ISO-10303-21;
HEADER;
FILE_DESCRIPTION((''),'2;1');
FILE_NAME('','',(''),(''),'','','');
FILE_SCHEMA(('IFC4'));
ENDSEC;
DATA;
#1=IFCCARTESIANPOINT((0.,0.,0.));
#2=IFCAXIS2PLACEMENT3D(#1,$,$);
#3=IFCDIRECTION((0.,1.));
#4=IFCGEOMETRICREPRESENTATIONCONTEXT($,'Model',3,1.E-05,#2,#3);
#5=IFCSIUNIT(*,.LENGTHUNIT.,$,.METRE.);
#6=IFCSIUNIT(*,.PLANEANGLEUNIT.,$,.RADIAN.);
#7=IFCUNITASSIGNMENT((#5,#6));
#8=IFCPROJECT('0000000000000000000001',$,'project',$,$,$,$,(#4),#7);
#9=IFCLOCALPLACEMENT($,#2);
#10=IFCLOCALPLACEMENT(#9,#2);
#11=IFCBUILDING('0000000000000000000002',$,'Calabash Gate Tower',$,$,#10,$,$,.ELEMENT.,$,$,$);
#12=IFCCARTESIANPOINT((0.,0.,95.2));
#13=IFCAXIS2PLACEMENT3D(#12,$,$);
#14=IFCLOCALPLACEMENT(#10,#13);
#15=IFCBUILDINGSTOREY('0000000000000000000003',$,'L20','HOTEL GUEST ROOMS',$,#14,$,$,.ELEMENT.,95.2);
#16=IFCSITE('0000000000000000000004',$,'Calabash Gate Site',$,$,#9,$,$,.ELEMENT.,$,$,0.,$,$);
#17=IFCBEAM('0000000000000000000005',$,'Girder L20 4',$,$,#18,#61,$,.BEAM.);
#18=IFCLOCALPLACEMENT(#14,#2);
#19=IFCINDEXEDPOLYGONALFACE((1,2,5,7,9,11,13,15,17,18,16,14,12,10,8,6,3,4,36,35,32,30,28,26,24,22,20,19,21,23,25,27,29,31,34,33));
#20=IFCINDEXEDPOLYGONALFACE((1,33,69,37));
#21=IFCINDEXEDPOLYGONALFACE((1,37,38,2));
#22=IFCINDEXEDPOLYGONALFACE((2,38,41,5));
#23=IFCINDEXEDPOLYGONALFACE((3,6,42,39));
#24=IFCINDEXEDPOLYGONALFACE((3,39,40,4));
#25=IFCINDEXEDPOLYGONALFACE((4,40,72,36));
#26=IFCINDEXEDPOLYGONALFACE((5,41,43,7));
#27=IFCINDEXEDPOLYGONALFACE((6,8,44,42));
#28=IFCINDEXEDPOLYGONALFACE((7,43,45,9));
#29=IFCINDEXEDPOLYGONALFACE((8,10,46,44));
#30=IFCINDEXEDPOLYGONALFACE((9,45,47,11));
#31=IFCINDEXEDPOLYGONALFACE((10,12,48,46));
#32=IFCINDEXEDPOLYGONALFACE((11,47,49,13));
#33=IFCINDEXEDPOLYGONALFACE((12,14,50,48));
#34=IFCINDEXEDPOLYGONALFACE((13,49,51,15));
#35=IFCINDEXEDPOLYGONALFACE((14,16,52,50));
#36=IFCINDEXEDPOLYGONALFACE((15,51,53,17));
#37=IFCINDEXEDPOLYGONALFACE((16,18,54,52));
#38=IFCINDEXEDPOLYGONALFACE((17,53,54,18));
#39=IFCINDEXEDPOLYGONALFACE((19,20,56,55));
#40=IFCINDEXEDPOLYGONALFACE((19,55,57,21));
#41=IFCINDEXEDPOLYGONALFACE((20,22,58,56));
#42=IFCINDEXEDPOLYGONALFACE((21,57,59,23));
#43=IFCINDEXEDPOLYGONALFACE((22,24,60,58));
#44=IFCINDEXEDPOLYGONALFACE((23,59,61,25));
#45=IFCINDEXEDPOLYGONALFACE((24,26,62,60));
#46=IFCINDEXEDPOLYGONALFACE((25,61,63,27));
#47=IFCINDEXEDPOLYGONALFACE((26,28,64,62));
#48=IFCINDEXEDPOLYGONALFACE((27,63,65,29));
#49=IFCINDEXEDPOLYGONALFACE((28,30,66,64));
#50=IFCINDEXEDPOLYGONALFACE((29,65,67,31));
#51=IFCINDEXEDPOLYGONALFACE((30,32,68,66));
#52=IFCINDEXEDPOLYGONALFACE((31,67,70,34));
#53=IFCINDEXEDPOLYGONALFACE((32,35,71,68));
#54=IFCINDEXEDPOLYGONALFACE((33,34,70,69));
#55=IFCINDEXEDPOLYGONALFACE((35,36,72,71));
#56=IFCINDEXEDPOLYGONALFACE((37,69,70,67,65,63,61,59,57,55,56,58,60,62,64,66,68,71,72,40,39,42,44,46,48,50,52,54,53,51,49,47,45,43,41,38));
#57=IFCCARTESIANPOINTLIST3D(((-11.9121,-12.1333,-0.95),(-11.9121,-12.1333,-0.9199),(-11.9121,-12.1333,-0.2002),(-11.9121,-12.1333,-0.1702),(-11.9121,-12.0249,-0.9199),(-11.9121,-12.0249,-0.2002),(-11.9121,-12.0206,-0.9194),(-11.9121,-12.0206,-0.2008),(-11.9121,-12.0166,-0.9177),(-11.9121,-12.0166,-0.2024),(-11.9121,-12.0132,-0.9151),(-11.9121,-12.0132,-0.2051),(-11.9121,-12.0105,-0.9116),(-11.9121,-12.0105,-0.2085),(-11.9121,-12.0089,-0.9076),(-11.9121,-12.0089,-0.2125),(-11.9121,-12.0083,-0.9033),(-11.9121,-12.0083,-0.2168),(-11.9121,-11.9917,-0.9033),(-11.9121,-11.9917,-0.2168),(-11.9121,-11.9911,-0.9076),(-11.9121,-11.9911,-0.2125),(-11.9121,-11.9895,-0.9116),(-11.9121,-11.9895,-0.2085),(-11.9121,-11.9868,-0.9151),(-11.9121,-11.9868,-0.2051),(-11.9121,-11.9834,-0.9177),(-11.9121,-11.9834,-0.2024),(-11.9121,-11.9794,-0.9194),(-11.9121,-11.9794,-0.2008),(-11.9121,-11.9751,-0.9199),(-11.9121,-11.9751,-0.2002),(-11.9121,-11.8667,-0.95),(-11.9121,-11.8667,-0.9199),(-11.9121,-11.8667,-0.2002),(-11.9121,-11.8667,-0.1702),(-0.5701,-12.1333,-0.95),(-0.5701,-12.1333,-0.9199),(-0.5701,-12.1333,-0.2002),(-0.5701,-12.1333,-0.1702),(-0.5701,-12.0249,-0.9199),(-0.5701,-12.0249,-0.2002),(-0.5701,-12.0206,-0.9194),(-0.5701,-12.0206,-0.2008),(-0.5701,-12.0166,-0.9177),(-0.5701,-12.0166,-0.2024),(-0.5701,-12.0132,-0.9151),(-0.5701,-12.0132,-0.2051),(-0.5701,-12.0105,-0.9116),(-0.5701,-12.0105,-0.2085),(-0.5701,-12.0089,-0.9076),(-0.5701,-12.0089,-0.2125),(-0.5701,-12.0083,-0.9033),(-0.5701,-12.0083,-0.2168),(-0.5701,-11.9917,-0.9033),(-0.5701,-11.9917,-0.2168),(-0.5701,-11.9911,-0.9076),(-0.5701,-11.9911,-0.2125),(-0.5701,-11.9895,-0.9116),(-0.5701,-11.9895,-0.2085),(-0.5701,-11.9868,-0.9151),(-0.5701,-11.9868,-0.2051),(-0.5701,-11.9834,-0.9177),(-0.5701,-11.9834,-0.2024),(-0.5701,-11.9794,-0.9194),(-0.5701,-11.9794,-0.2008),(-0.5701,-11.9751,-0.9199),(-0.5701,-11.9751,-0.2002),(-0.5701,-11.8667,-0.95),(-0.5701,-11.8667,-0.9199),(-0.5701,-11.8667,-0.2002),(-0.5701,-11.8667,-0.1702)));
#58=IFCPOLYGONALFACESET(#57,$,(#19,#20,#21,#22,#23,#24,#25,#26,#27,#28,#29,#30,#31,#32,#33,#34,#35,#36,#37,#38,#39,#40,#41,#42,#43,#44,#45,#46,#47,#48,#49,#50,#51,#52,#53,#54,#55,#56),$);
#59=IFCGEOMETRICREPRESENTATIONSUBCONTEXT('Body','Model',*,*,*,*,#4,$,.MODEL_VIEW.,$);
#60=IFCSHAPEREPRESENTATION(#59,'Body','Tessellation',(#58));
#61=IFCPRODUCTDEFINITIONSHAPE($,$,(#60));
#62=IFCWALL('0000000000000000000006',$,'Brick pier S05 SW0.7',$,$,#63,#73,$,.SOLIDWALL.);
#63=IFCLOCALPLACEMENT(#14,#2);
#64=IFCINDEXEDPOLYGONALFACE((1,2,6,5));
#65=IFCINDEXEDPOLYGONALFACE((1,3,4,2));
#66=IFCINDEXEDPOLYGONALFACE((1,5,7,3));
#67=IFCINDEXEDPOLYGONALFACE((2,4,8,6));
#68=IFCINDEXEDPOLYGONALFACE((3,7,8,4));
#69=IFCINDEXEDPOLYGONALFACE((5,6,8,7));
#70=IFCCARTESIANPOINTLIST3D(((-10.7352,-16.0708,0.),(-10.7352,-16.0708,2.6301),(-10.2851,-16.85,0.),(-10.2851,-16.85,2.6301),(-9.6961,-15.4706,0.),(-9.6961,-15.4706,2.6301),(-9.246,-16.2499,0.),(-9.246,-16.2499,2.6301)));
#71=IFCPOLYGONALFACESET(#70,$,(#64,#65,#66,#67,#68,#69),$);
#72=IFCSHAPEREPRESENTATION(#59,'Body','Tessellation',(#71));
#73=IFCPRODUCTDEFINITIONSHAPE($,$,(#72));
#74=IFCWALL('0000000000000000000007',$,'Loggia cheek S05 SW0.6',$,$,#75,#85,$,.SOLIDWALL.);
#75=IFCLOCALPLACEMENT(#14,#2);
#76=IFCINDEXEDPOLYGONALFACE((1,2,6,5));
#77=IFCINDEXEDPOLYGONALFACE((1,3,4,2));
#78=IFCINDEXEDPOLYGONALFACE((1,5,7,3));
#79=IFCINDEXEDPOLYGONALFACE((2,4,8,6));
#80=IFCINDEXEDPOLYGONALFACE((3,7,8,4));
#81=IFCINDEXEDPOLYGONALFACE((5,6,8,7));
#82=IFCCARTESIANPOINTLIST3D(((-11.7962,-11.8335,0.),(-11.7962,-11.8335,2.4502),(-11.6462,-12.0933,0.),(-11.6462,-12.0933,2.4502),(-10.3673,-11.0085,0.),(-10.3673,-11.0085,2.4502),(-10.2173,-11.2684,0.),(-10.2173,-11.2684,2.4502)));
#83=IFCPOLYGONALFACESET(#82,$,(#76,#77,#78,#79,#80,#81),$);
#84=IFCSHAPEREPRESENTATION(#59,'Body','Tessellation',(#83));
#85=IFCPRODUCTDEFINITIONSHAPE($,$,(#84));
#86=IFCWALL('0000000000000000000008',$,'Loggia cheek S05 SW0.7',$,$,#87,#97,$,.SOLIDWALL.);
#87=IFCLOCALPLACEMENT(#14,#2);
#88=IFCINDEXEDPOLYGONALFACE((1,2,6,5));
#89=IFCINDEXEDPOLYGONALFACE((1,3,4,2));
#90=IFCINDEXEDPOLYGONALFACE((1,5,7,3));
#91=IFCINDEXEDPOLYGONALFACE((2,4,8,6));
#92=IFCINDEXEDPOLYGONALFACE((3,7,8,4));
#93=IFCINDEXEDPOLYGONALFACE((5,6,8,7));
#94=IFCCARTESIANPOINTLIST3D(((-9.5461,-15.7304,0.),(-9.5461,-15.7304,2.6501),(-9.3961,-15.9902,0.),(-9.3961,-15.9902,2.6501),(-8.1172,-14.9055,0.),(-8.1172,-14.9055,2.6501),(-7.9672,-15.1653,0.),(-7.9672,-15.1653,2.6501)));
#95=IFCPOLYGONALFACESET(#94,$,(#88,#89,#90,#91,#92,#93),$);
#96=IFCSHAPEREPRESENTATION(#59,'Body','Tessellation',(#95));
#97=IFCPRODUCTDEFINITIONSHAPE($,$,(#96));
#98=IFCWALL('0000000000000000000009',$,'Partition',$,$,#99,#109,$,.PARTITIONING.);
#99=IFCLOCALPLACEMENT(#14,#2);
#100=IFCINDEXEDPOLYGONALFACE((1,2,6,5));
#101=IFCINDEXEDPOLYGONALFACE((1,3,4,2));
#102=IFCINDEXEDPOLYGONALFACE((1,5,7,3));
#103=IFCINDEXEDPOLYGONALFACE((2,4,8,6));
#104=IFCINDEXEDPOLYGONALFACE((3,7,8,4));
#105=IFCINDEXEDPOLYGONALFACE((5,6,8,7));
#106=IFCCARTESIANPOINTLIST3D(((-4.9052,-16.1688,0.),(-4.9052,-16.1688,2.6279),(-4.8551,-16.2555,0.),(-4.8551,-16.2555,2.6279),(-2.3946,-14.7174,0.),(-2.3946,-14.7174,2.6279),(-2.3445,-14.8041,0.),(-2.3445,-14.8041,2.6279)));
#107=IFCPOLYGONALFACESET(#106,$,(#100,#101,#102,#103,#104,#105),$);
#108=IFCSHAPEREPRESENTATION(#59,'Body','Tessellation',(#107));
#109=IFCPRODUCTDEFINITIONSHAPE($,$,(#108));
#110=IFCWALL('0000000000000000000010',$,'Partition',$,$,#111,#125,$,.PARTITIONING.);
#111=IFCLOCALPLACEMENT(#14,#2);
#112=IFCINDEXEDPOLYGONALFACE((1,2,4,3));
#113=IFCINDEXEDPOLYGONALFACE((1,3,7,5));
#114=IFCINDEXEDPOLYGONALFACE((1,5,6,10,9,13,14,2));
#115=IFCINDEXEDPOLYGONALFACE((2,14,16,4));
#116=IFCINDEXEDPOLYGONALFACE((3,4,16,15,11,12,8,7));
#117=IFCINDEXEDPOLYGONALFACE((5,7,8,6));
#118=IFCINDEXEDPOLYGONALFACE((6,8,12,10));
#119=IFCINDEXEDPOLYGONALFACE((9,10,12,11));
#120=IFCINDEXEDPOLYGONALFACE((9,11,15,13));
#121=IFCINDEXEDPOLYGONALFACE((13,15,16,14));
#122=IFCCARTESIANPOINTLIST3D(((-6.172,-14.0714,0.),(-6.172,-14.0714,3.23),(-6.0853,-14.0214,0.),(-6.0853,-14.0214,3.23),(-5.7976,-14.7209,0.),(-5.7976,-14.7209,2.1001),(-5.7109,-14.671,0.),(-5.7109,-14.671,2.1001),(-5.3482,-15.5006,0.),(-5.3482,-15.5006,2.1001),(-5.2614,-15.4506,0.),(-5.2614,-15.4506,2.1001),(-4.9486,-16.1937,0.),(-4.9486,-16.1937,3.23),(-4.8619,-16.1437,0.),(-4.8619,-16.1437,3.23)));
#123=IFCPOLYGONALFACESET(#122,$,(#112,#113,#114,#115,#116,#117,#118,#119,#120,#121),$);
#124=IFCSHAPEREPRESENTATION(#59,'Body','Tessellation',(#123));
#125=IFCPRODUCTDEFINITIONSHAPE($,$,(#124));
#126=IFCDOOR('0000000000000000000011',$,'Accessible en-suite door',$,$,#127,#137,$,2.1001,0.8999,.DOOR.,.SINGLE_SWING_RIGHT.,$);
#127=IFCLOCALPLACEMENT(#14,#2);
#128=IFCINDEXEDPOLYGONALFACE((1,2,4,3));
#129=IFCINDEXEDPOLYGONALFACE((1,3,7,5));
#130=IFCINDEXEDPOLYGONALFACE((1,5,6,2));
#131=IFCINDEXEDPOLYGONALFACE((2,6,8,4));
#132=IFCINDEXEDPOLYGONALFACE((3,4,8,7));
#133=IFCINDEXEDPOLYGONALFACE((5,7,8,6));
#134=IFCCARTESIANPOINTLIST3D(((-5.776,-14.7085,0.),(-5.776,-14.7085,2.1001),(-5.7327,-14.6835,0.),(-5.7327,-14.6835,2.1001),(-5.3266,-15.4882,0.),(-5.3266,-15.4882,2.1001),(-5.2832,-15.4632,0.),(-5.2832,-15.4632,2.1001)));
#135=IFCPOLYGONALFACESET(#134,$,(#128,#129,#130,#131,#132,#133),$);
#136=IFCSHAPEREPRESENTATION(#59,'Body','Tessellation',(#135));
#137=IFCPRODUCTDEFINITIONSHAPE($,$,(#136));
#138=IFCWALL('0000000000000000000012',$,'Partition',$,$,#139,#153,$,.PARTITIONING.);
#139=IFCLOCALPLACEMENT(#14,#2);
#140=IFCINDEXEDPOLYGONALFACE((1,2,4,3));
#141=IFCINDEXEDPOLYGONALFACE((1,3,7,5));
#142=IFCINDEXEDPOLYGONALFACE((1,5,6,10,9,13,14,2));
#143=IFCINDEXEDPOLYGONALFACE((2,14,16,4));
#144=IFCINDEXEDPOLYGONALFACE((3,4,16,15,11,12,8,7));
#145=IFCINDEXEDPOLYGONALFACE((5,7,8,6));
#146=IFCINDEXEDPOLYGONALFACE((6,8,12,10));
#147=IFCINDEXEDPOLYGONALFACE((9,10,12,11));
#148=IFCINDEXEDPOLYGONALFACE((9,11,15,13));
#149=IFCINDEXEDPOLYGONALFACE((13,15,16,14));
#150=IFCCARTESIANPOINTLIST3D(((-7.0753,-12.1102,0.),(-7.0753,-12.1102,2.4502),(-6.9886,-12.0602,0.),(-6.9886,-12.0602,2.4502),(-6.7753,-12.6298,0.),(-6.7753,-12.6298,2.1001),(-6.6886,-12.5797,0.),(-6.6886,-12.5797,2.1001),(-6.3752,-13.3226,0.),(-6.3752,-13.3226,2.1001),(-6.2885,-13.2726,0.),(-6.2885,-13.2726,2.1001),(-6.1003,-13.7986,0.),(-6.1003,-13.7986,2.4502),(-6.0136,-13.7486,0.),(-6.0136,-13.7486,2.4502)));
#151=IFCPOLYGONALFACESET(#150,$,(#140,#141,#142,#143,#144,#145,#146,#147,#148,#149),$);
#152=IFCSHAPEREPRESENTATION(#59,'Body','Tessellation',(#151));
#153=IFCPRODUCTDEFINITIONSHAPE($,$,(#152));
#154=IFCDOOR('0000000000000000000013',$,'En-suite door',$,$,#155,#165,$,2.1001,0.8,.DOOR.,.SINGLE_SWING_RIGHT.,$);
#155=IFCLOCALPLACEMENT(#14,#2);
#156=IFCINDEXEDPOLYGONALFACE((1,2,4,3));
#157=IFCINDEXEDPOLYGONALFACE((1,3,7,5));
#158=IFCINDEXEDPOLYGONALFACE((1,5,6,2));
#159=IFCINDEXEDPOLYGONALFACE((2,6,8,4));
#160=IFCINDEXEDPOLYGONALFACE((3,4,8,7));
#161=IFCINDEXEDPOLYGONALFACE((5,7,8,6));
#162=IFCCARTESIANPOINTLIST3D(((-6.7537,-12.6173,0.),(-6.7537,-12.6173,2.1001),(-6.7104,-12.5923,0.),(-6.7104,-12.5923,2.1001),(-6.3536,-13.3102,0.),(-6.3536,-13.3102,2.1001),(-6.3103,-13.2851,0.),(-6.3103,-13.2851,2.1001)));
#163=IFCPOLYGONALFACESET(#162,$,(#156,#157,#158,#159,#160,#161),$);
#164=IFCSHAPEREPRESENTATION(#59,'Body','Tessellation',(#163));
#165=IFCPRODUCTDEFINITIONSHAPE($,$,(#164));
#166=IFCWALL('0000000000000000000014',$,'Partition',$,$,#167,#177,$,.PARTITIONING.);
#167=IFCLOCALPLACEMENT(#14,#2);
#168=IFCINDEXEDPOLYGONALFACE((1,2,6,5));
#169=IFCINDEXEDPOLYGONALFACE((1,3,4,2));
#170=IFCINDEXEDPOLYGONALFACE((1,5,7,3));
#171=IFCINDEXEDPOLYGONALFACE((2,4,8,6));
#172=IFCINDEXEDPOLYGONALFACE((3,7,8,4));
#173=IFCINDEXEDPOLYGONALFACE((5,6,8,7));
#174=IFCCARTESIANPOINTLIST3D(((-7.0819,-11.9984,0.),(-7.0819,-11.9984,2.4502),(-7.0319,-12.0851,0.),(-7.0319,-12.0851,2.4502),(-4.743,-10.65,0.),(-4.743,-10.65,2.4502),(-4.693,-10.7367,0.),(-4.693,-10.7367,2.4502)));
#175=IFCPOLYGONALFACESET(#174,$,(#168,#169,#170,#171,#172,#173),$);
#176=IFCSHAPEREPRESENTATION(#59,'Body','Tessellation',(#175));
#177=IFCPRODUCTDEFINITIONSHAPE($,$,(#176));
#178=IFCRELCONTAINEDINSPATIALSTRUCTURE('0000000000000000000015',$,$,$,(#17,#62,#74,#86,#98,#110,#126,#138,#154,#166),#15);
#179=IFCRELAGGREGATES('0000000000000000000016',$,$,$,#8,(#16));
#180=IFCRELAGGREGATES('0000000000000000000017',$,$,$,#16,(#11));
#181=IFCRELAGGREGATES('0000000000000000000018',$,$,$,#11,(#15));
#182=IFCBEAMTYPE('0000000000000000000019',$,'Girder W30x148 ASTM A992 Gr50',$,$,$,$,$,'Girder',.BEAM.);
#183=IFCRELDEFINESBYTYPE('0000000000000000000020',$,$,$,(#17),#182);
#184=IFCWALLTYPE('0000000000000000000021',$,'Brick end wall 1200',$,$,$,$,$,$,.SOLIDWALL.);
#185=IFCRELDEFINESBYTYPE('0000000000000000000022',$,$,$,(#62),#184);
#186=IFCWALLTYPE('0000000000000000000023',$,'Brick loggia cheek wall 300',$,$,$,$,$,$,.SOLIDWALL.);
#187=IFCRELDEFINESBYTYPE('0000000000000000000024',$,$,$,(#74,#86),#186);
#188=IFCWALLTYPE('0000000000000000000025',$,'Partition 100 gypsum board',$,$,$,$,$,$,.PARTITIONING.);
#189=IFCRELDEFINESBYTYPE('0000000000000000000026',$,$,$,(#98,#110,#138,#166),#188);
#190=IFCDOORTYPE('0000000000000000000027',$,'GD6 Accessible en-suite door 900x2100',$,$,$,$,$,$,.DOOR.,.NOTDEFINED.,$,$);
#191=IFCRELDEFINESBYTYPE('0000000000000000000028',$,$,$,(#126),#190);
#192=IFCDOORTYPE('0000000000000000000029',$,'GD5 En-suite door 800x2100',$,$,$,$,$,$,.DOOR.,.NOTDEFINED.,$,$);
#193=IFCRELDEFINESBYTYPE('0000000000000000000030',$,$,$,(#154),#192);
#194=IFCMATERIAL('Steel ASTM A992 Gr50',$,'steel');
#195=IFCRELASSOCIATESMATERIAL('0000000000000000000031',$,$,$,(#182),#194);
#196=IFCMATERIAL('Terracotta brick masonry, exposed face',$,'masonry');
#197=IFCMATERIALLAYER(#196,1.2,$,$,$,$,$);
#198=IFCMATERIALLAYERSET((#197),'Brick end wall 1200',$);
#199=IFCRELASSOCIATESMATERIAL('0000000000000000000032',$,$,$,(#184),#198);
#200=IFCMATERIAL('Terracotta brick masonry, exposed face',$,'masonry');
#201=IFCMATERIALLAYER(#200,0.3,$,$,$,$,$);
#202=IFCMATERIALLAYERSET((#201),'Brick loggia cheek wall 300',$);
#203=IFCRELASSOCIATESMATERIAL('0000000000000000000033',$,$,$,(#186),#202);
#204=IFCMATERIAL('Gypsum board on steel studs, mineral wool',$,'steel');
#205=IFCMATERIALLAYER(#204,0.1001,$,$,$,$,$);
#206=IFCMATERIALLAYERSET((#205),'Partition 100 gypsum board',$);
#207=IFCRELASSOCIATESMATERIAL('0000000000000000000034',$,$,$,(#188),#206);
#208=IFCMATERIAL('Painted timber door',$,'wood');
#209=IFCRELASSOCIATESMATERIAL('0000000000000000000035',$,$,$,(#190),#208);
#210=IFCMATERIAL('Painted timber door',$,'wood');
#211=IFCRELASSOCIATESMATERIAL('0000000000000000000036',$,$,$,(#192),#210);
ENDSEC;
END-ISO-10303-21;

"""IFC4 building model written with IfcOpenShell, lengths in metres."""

from ifc_helpers import new_model, si_unit, direction, frame, frame_2d, origin, origin_2d, place, context, subcontext, project, spatial, rectangle, i_section, extrude, material, layer, layer_set, material_profile, profile_set, type_object, element, fill, save


model = new_model("IFC4")

# Units and contexts
model_context = context("Model", 3, precision=1e-05, world=origin(), true_north=direction((0.0, 1.0)))
body_context = subcontext(model_context, "Body", "Model", "MODEL_VIEW")
ifc_project = project(units=[si_unit("LENGTHUNIT", "METRE"), si_unit("PLANEANGLEUNIT", "RADIAN")], contexts=[model_context])

# Site, building, storey
site_placement = place(None, origin())
site = spatial("IfcSite", under=ifc_project, at=site_placement, Name="Calabash Gate Site", CompositionType="ELEMENT", RefElevation=0.0)
building_placement = place(site_placement, origin())
building = spatial("IfcBuilding", under=site, at=building_placement, Name="Calabash Gate Tower", CompositionType="ELEMENT")
storey_placement = place(building_placement, frame((0.0, 0.0, 95.2)))
storey = spatial("IfcBuildingStorey", under=building, at=storey_placement, Name="L20", Description="HOTEL GUEST ROOMS", CompositionType="ELEMENT", Elevation=95.2)

# Beam
ifc_material_1 = material(Name="Steel ASTM A992 Gr50", Category="steel")
ifc_material_profile_1 = material_profile(ifc_material_1, i_section(OverallWidth=0.2666, OverallDepth=0.7798, WebThickness=0.0166, FlangeThickness=0.03, FilletRadius=0.0166, at=origin_2d()))
ifc_profile_set_1 = profile_set([ifc_material_profile_1], Name="Steel ASTM A992 Gr50")
beam_type_1 = type_object("IfcBeamType", Name="Girder W30x148 ASTM A992 Gr50", ElementType="Girder", PredefinedType="BEAM", material=ifc_profile_set_1)
beam_1_placement = place(storey_placement, frame((-11.9121, -12.0, -0.5601), z_axis=(1.0, 0.0, 0.0), x_axis=(0.0, 1.0, 0.0)))
element("IfcBeam", 1, at=beam_1_placement, inside=storey, type_object=beam_type_1, Name="Girder L20 4", PredefinedType="BEAM", context=body_context, shape_type="SweptSolid", body=[
    extrude(i_section(OverallWidth=0.2666, OverallDepth=0.7798, WebThickness=0.0166, FlangeThickness=0.03, FilletRadius=0.0166, at=origin_2d()), origin(), (0.0, 0.0, 1.0), 11.342),
])

# Walls
ifc_material_2 = material(Name="Terracotta brick masonry, exposed face", Category="masonry")
ifc_layer_1 = layer(ifc_material_2, 1.2)
ifc_layer_set_1 = layer_set([ifc_layer_1], Name="Brick end wall 1200")
wall_type_1 = type_object("IfcWallType", Name="Brick end wall 1200", PredefinedType="SOLIDWALL", material=ifc_layer_set_1)
wall_1_placement = place(storey_placement, frame((-10.5103, -16.4604, 0.0), z_axis=(0.0, 0.0, 1.0), x_axis=(0.865955, 0.500122, 0.0)))
element("IfcWall", 2, at=wall_1_placement, inside=storey, type_object=wall_type_1, Name="Brick pier S05 SW0.7", PredefinedType="SOLIDWALL", context=body_context, shape_type="SweptSolid", body=[
    extrude(rectangle(XDim=1.2, YDim=0.8999, at=frame_2d((0.6001, 0.0))), origin(), (0.0, 0.0, 1.0), 2.6301),
])
ifc_material_3 = material(Name="Terracotta brick masonry, exposed face", Category="masonry")
ifc_layer_2 = layer(ifc_material_3, 0.3)
ifc_layer_set_2 = layer_set([ifc_layer_2], Name="Brick loggia cheek wall 300")
wall_type_2 = type_object("IfcWallType", Name="Brick loggia cheek wall 300", PredefinedType="SOLIDWALL", material=ifc_layer_set_2)
wall_2_placement = place(storey_placement, frame((-11.7212, -11.9634, 0.0), z_axis=(0.0, 0.0, 1.0), x_axis=(0.86604, 0.499974, 0.0)))
element("IfcWall", 3, at=wall_2_placement, inside=storey, type_object=wall_type_2, Name="Loggia cheek S05 SW0.6", PredefinedType="SOLIDWALL", context=body_context, shape_type="SweptSolid", body=[
    extrude(rectangle(XDim=1.6499, YDim=0.3, at=frame_2d((0.825, 0.0))), origin(), (0.0, 0.0, 1.0), 2.4502),
])
wall_3_placement = place(storey_placement, frame((-8.0422, -15.0354, 0.0), z_axis=(0.0, 0.0, 1.0), x_axis=(-0.86604, -0.499974, 0.0)))
element("IfcWall", 4, at=wall_3_placement, inside=storey, type_object=wall_type_2, Name="Loggia cheek S05 SW0.7", PredefinedType="SOLIDWALL", context=body_context, shape_type="SweptSolid", body=[
    extrude(rectangle(XDim=1.6499, YDim=0.3, at=frame_2d((0.825, 0.0))), origin(), (0.0, 0.0, 1.0), 2.6501),
])
ifc_material_4 = material(Name="Gypsum board on steel studs, mineral wool", Category="steel")
ifc_layer_3 = layer(ifc_material_4, 0.1001)
ifc_layer_set_3 = layer_set([ifc_layer_3], Name="Partition 100 gypsum board")
wall_type_3 = type_object("IfcWallType", Name="Partition 100 gypsum board", PredefinedType="PARTITIONING", material=ifc_layer_set_3)
wall_4_placement = place(storey_placement, frame((-4.8801, -16.2122, 0.0), z_axis=(0.0, 0.0, 1.0), x_axis=(0.86573, 0.500512, 0.0)))
element("IfcWall", 5, at=wall_4_placement, inside=storey, type_object=wall_type_3, Name="Partition", PredefinedType="PARTITIONING", context=body_context, shape_type="SweptSolid", body=[
    extrude(rectangle(XDim=2.8999, YDim=0.1001, at=frame_2d((1.45, 0.0))), origin(), (0.0, 0.0, 1.0), 2.6279),
])

# Walls, openings, doors
wall_5_placement = place(storey_placement, frame((-6.1287, -14.0464, 0.0), z_axis=(0.0, 0.0, 1.0), x_axis=(0.499409, -0.866366, 0.0)))
wall_5 = element("IfcWall", 6, at=wall_5_placement, inside=storey, type_object=wall_type_3, Name="Partition", PredefinedType="PARTITIONING", context=body_context, shape_type="SweptSolid", body=[
    extrude(rectangle(XDim=2.4497, YDim=0.1001, at=frame_2d((1.2249, 0.0))), origin(), (0.0, 0.0, 1.0), 3.23),
])
opening_1_placement = place(wall_5_placement, frame((0.7498, 0.0, 0.0)))
opening_1 = element("IfcOpeningElement", 7, at=opening_1_placement, cuts=wall_5, PredefinedType="OPENING", context=body_context, shape_type="SweptSolid", body=[
    extrude(rectangle(XDim=0.8999, YDim=2.1001, at=frame_2d((0.45, 1.05))), frame((0.0, 0.0601, 0.0), z_axis=(0.0, -1.0, 0.0), x_axis=(1.0, 0.0, 0.0)), (0.0, 0.0, 1.0), 0.1201),
])
ifc_material_5 = material(Name="Painted timber door", Category="wood")
door_type_1 = type_object("IfcDoorType", Name="GD6 Accessible en-suite door 900x2100", OperationType="NOTDEFINED", PredefinedType="DOOR", material=ifc_material_5)
door_1_placement = place(opening_1_placement, origin())
door_1 = element("IfcDoor", 8, at=door_1_placement, inside=storey, type_object=door_type_1, Name="Accessible en-suite door", OperationType="SINGLE_SWING_RIGHT", OverallHeight=2.1001, OverallWidth=0.8999, PredefinedType="DOOR", context=body_context, shape_type="SweptSolid", body=[
    extrude(rectangle(XDim=0.8999, YDim=2.1001, at=frame_2d((0.45, 1.05))), frame((0.0, 0.0249, 0.0), z_axis=(0.0, -1.0, 0.0), x_axis=(1.0, 0.0, 0.0)), (0.0, 0.0, 1.0), 0.05),
])
fill(opening_1, door_1)
wall_6_placement = place(storey_placement, frame((-7.032, -12.0852, 0.0), z_axis=(0.0, 0.0, 1.0), x_axis=(0.500098, -0.865969, 0.0)))
wall_6 = element("IfcWall", 9, at=wall_6_placement, inside=storey, type_object=wall_type_3, Name="Partition", PredefinedType="PARTITIONING", context=body_context, shape_type="SweptSolid", body=[
    extrude(rectangle(XDim=1.9497, YDim=0.1001, at=frame_2d((0.9749, 0.0))), origin(), (0.0, 0.0, 1.0), 2.4502),
])
opening_2_placement = place(wall_6_placement, frame((0.6001, 0.0, 0.0)))
opening_2 = element("IfcOpeningElement", 10, at=opening_2_placement, cuts=wall_6, PredefinedType="OPENING", context=body_context, shape_type="SweptSolid", body=[
    extrude(rectangle(XDim=0.8, YDim=2.1001, at=frame_2d((0.3999, 1.05))), frame((0.0, 0.0601, 0.0), z_axis=(0.0, -1.0, 0.0), x_axis=(1.0, 0.0, 0.0)), (0.0, 0.0, 1.0), 0.1201),
])
ifc_material_6 = material(Name="Painted timber door", Category="wood")
door_type_2 = type_object("IfcDoorType", Name="GD5 En-suite door 800x2100", OperationType="NOTDEFINED", PredefinedType="DOOR", material=ifc_material_6)
door_2_placement = place(opening_2_placement, origin())
door_2 = element("IfcDoor", 11, at=door_2_placement, inside=storey, type_object=door_type_2, Name="En-suite door", OperationType="SINGLE_SWING_RIGHT", OverallHeight=2.1001, OverallWidth=0.8, PredefinedType="DOOR", context=body_context, shape_type="SweptSolid", body=[
    extrude(rectangle(XDim=0.8, YDim=2.1001, at=frame_2d((0.3999, 1.05))), frame((0.0, 0.0249, 0.0), z_axis=(0.0, -1.0, 0.0), x_axis=(1.0, 0.0, 0.0)), (0.0, 0.0, 1.0), 0.05),
])
fill(opening_2, door_2)

# Wall
wall_7_placement = place(storey_placement, frame((-7.0569, -12.0417, 0.0), z_axis=(0.0, 0.0, 1.0), x_axis=(0.866339, 0.499456, 0.0)))
element("IfcWall", 12, at=wall_7_placement, inside=storey, type_object=wall_type_3, Name="Partition", PredefinedType="PARTITIONING", context=body_context, shape_type="SweptSolid", body=[
    extrude(rectangle(XDim=2.6997, YDim=0.1001, at=frame_2d((1.3499, 0.0))), origin(), (0.0, 0.0, 1.0), 2.4502),
])

save(model, "model.ifc")
